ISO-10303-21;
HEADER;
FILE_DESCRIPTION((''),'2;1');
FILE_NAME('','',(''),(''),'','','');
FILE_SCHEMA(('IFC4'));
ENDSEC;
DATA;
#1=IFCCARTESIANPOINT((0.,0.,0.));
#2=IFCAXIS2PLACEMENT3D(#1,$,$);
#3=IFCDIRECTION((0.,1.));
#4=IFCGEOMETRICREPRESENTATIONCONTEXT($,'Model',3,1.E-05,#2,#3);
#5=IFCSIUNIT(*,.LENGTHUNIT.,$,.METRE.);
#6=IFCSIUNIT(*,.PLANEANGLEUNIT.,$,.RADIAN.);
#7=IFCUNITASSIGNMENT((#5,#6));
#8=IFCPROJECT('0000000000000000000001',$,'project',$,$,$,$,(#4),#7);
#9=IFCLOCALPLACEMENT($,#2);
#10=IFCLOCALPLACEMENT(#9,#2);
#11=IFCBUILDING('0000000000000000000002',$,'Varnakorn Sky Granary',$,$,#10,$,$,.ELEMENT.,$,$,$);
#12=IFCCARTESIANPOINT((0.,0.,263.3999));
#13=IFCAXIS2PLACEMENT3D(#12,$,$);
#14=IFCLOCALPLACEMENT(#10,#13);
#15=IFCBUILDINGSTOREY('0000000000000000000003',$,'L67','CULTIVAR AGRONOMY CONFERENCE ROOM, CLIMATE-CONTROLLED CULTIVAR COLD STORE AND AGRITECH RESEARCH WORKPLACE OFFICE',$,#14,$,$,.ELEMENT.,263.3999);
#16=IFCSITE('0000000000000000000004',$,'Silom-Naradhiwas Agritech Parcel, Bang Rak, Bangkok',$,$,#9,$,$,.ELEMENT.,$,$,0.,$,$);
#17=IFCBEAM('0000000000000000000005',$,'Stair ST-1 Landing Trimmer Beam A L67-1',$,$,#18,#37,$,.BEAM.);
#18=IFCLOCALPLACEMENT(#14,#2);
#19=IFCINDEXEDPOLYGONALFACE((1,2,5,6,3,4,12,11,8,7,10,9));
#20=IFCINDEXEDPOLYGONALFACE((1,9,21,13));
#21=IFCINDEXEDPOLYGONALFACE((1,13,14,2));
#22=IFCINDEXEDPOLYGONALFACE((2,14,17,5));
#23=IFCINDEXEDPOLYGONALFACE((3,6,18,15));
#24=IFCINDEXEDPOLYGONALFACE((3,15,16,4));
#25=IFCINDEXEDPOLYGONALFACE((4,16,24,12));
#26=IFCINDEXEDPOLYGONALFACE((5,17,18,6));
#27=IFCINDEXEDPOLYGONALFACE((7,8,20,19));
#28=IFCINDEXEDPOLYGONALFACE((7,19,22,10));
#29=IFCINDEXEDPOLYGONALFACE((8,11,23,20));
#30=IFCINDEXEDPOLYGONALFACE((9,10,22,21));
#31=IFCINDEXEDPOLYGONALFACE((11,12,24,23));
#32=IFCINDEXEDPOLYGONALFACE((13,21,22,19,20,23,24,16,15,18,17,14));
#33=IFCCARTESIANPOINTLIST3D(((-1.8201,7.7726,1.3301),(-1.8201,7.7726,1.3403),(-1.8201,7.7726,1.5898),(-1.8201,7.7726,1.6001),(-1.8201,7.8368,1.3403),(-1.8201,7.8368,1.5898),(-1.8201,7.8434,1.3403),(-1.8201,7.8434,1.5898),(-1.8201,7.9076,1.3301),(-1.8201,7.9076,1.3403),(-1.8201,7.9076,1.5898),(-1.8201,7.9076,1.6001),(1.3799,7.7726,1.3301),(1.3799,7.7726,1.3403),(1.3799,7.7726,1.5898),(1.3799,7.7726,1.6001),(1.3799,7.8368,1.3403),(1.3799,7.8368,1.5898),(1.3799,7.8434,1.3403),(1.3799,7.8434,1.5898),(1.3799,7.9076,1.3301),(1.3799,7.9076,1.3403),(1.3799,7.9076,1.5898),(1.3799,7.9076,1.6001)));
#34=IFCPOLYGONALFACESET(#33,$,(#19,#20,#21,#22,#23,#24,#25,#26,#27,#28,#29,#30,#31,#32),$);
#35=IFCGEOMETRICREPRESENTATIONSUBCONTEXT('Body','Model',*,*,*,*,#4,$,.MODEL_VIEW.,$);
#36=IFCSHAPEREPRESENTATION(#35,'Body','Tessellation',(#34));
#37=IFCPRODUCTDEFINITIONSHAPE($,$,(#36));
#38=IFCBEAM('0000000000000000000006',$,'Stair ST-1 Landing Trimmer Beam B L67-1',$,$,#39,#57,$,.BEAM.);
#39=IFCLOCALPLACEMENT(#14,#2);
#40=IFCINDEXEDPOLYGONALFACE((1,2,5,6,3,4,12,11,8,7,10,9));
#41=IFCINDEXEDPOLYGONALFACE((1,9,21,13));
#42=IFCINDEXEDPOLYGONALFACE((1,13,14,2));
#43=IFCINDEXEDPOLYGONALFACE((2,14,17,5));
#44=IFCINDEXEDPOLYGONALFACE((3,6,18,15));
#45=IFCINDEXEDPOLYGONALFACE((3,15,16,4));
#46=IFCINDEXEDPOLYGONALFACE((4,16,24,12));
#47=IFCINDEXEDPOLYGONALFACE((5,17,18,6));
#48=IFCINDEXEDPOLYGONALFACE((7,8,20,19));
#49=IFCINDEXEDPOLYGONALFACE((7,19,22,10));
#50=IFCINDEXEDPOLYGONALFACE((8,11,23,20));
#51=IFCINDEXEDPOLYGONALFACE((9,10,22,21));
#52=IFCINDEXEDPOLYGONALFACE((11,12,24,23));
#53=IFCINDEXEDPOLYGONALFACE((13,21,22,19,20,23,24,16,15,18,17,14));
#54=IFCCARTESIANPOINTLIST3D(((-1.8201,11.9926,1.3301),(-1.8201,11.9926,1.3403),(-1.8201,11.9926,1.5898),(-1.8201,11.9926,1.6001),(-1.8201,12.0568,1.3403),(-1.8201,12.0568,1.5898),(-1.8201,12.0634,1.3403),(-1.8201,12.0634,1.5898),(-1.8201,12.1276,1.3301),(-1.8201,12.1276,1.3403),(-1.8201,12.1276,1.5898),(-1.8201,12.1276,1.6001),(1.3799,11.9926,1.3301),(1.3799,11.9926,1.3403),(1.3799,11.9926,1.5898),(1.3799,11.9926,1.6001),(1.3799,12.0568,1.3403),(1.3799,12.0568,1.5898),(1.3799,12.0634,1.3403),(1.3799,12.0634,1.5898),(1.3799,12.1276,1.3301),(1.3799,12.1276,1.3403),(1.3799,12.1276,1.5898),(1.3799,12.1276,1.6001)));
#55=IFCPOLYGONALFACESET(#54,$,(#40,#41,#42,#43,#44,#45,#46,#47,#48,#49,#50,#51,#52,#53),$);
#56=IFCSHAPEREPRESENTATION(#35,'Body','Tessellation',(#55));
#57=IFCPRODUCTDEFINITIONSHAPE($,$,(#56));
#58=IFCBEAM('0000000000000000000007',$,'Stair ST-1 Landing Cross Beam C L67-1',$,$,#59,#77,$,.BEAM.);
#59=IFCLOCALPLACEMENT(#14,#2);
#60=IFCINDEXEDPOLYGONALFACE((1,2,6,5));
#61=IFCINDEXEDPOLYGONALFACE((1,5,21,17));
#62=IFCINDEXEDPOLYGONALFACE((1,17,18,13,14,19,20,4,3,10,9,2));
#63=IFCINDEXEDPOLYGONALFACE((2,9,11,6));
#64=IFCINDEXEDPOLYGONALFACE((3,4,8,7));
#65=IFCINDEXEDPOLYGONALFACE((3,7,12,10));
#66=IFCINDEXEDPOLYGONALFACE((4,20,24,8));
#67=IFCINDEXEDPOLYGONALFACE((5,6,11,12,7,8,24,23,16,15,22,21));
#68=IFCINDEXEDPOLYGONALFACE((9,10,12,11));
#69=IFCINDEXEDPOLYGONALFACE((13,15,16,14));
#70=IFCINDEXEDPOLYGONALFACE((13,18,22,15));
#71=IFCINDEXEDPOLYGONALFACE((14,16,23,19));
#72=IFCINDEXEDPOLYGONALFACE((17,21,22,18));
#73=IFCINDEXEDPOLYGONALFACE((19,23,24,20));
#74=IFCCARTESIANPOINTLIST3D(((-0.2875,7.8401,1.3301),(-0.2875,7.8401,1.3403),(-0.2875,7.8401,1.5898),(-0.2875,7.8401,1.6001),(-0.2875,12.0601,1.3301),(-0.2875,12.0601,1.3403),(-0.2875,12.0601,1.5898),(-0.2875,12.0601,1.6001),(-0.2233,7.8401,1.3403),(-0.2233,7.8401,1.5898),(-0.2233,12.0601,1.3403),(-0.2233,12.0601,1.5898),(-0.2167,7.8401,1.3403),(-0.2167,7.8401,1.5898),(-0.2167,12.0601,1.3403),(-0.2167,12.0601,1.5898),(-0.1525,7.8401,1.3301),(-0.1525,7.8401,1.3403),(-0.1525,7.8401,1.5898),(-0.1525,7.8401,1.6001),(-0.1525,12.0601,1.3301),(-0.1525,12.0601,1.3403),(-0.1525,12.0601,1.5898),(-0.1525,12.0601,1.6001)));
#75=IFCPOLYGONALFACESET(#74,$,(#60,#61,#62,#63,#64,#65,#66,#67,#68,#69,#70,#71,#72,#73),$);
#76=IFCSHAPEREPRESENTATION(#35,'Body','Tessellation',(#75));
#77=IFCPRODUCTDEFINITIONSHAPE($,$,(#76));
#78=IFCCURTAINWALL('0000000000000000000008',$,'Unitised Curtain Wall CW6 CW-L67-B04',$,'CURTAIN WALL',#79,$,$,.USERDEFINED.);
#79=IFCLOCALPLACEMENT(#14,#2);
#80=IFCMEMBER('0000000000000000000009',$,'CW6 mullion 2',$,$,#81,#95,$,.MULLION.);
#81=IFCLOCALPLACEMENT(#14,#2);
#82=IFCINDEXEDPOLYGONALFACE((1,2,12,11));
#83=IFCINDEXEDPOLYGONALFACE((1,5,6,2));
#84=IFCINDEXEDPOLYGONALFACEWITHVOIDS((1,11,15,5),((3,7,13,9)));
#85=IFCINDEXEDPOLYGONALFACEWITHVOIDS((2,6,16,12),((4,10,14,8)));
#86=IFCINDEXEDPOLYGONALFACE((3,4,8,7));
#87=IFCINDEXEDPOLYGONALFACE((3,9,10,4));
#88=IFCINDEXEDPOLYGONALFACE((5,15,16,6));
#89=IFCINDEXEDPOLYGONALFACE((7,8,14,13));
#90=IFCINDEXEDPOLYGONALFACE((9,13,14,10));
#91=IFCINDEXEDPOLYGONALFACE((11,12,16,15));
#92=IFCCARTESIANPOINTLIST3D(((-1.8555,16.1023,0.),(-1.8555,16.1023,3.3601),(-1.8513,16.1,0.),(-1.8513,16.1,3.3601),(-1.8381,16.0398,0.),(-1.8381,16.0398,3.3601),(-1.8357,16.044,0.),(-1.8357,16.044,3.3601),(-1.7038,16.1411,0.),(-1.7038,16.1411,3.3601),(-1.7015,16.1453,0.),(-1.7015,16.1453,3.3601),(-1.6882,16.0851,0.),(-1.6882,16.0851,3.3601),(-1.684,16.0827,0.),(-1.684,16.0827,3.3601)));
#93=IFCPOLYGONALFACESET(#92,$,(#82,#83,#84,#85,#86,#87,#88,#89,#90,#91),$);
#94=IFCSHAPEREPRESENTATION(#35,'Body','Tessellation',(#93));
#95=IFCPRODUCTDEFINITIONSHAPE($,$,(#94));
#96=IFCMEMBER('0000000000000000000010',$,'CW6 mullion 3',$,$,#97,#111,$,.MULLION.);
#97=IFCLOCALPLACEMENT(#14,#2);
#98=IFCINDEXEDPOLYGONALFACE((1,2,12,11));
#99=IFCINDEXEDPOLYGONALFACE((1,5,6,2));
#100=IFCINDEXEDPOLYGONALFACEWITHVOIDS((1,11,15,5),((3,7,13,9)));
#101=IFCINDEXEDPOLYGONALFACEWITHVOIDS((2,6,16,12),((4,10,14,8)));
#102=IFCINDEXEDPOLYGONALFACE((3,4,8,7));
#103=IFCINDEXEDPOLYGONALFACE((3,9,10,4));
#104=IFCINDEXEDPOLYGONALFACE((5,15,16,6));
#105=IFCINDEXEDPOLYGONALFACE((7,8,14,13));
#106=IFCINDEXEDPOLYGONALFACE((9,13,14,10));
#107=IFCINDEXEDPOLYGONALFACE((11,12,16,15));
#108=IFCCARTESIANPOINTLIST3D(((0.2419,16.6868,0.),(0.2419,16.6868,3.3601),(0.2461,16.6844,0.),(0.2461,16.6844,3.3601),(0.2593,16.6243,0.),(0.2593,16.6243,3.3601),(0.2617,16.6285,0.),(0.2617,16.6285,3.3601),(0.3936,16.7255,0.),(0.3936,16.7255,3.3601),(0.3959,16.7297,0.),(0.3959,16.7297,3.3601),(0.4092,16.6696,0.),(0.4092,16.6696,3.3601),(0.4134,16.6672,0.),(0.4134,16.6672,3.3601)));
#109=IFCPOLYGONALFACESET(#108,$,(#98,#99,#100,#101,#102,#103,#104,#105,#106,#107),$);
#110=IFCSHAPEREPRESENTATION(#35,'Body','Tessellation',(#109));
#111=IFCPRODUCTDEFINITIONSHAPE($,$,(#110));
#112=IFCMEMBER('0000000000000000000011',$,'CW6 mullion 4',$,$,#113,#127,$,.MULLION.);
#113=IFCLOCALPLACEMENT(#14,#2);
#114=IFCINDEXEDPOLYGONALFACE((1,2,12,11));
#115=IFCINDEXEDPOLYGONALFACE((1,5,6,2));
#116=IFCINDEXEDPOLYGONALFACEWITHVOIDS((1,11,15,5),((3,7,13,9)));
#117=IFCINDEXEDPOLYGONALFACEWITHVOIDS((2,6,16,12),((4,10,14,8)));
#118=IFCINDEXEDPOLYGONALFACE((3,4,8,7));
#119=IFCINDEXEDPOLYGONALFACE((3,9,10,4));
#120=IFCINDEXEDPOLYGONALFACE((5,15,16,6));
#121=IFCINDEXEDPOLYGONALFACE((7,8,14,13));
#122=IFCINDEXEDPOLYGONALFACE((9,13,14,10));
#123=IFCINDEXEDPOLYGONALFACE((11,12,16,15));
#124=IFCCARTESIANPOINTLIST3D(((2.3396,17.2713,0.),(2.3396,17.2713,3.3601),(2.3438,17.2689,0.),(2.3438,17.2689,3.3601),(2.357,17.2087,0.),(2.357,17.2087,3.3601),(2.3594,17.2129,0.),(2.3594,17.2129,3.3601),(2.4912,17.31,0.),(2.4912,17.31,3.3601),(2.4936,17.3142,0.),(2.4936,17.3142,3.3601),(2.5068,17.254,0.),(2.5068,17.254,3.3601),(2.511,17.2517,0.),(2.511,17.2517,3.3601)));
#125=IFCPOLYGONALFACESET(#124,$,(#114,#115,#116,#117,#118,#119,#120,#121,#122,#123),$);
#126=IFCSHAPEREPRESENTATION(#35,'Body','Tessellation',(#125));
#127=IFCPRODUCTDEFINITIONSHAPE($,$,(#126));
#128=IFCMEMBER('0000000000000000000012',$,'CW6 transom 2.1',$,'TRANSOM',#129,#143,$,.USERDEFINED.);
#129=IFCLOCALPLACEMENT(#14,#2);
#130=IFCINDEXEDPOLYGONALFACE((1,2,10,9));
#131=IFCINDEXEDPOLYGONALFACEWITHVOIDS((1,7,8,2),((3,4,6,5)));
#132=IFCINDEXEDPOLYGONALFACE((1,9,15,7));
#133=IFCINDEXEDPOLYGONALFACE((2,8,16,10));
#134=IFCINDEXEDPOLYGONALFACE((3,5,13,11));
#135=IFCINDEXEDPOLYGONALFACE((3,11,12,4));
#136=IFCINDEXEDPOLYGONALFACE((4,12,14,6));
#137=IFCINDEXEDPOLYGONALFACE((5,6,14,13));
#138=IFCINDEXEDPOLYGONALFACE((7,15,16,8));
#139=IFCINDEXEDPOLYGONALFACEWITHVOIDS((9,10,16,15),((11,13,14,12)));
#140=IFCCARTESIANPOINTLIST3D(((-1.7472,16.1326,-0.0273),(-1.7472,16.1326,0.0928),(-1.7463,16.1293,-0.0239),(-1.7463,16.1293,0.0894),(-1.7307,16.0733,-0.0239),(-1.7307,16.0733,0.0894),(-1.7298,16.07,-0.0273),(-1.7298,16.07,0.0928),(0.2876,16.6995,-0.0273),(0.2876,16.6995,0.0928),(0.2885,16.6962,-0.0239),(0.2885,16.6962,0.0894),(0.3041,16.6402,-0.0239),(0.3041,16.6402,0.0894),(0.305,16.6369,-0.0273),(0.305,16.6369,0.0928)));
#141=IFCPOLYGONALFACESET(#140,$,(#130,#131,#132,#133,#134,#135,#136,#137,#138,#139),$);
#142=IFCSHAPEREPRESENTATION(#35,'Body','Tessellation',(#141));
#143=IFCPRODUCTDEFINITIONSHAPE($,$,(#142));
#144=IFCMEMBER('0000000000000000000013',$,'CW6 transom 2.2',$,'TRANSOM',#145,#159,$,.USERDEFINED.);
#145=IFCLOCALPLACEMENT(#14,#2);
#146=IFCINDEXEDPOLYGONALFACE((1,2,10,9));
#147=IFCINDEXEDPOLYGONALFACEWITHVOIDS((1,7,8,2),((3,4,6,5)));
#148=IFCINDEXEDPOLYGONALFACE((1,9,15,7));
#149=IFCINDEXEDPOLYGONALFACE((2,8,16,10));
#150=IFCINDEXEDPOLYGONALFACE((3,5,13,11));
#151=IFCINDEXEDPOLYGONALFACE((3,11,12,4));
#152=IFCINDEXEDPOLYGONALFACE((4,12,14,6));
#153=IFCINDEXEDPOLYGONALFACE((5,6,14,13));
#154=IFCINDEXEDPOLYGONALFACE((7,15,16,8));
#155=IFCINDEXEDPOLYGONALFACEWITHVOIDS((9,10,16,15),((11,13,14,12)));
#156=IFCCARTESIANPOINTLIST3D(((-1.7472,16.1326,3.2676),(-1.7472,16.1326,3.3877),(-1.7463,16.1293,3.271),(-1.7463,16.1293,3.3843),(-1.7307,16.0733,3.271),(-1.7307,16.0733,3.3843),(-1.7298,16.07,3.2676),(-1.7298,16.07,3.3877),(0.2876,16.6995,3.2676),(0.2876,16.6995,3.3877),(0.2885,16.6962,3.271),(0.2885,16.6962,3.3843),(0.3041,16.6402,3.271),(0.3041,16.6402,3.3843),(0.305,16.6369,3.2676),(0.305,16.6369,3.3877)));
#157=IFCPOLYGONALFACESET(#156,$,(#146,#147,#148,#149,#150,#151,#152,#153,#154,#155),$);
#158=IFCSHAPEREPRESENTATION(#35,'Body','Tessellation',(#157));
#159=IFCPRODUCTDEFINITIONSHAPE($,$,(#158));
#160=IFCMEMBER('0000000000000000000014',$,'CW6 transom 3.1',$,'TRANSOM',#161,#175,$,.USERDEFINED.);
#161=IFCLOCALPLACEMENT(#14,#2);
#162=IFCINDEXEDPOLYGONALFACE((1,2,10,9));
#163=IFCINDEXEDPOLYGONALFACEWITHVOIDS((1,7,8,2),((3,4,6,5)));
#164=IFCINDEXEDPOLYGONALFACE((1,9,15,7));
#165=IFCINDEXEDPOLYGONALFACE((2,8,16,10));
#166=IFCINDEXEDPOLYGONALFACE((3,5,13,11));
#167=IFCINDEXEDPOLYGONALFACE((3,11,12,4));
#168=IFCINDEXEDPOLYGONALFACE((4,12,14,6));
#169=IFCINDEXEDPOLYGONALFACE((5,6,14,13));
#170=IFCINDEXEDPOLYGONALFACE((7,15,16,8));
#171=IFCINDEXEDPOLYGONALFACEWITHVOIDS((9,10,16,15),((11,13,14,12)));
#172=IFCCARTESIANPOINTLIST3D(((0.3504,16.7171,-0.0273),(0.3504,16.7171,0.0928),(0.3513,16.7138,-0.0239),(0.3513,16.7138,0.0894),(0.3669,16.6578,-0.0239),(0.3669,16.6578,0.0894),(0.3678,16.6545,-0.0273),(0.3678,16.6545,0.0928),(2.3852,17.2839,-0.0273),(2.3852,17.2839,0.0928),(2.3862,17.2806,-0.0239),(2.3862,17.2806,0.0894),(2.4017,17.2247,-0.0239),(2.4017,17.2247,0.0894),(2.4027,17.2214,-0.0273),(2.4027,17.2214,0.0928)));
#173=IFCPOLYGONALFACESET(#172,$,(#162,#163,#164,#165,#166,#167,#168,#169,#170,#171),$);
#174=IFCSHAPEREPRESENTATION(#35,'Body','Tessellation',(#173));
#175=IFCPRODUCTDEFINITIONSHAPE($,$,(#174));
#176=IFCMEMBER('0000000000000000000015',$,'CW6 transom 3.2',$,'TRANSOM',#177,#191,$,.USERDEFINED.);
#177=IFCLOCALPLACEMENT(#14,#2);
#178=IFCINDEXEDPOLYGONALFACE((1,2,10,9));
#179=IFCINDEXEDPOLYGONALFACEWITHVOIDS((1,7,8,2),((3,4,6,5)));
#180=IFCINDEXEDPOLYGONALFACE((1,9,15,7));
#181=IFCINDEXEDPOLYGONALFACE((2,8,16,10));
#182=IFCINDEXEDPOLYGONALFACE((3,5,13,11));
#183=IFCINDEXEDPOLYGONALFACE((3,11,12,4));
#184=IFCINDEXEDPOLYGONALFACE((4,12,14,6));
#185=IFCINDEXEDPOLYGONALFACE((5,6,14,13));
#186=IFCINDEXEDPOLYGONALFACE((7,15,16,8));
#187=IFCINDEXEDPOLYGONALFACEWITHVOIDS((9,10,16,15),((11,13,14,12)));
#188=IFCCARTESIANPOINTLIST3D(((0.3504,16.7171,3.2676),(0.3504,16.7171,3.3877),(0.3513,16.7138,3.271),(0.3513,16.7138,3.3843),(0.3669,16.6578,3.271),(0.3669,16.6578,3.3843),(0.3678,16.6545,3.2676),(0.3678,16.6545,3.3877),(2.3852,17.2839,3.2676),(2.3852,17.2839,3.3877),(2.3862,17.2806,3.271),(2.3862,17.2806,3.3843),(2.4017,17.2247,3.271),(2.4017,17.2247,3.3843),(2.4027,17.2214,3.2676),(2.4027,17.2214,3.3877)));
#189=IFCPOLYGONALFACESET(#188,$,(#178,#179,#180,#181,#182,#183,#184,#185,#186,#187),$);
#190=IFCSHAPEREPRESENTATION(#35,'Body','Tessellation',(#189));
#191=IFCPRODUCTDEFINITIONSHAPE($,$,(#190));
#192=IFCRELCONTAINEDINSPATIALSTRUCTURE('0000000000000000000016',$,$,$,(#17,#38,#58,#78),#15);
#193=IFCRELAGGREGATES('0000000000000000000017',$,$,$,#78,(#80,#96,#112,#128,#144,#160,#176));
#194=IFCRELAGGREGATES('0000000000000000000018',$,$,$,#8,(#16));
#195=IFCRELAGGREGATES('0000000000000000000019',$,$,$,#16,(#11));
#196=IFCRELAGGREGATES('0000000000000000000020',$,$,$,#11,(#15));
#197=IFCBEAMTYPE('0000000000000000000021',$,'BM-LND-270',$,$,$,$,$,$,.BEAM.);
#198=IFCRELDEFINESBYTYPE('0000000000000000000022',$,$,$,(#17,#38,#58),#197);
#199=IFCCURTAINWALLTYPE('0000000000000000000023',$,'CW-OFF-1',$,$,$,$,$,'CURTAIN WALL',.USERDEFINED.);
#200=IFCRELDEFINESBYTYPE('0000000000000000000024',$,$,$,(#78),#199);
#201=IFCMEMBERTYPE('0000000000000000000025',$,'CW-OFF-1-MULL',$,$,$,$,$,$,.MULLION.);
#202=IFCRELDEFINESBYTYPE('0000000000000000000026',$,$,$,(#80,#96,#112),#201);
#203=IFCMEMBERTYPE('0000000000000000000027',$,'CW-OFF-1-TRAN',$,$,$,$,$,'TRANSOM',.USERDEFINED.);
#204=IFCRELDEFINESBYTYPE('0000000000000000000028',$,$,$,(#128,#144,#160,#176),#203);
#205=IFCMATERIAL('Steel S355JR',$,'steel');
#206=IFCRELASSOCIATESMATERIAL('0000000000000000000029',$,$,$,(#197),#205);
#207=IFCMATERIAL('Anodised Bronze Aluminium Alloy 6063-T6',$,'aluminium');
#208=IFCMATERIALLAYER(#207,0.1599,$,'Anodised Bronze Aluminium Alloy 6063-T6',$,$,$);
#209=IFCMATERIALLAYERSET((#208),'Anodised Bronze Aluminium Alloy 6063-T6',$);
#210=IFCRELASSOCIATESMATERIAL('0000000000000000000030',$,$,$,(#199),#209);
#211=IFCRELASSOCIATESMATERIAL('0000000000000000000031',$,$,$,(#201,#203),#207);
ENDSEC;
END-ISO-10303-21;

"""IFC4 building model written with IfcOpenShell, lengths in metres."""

from ifc_helpers import new_model, si_unit, direction, frame, origin, origin_2d, place, context, subcontext, project, spatial, hollow_rectangle, i_section, extrude, material, layer, layer_set, material_profile, profile_set, type_object, element, aggregate, save


model = new_model("IFC4")

# Units and contexts
model_context = context("Model", 3, precision=1e-05, world=origin(), true_north=direction((0.0, 1.0)))
body_context = subcontext(model_context, "Body", "Model", "MODEL_VIEW")
ifc_project = project(units=[si_unit("LENGTHUNIT", "METRE"), si_unit("PLANEANGLEUNIT", "RADIAN")], contexts=[model_context])

# Site, building, storey
site_placement = place(None, origin())
site = spatial("IfcSite", under=ifc_project, at=site_placement, Name="Silom-Naradhiwas Agritech Parcel, Bang Rak, Bangkok", CompositionType="ELEMENT", RefElevation=0.0)
building_placement = place(site_placement, origin())
building = spatial("IfcBuilding", under=site, at=building_placement, Name="Varnakorn Sky Granary", CompositionType="ELEMENT")
storey_placement = place(building_placement, frame((0.0, 0.0, 263.3999)))
storey = spatial("IfcBuildingStorey", under=building, at=storey_placement, Name="L67", Description="CULTIVAR AGRONOMY CONFERENCE ROOM, CLIMATE-CONTROLLED CULTIVAR COLD STORE AND AGRITECH RESEARCH WORKPLACE OFFICE", CompositionType="ELEMENT", Elevation=263.3999)

# Beams
ifc_material_1 = material(Name="Steel S355JR", Category="steel")
ifc_material_profile_1 = material_profile(ifc_material_1, i_section(OverallWidth=0.135, OverallDepth=0.27, WebThickness=0.0066, FlangeThickness=0.0103, at=origin_2d()), Name="IPE 270")
ifc_profile_set_1 = profile_set([ifc_material_profile_1], Name="Steel S355JR")
beam_type = type_object("IfcBeamType", Name="BM-LND-270", PredefinedType="BEAM", material=ifc_profile_set_1)
for number, where, z_axis, x_axis, name in (
    (1, (-1.8201, 7.8401, 1.4651), (1.0, 0.0, 0.0), (0.0, 1.0, 0.0), "Stair ST-1 Landing Trimmer Beam A L67-1"),
    (2, (-1.8201, 12.0601, 1.4651), (1.0, 0.0, 0.0), (0.0, 1.0, 0.0), "Stair ST-1 Landing Trimmer Beam B L67-1"),
):
    element("IfcBeam", number, at=place(storey_placement, frame(where, z_axis=z_axis, x_axis=x_axis)), inside=storey, type_object=beam_type, Name=name, PredefinedType="BEAM", context=body_context, shape_type="SweptSolid", body=[
        extrude(i_section(OverallWidth=0.135, OverallDepth=0.27, WebThickness=0.0066, FlangeThickness=0.0103, at=origin_2d()), origin(), (0.0, 0.0, 1.0), 3.2),
    ])
beam_placement = place(storey_placement, frame((-0.22, 7.8401, 1.4651), z_axis=(0.0, 1.0, 0.0), x_axis=(-1.0, 0.0, 0.0)))
element("IfcBeam", 3, at=beam_placement, inside=storey, type_object=beam_type, Name="Stair ST-1 Landing Cross Beam C L67-1", PredefinedType="BEAM", context=body_context, shape_type="SweptSolid", body=[
    extrude(i_section(OverallWidth=0.135, OverallDepth=0.27, WebThickness=0.0066, FlangeThickness=0.0103, at=origin_2d()), origin(), (0.0, 0.0, 1.0), 4.22),
])

# Curtain wall, members
ifc_material_2 = material(Name="Anodised Bronze Aluminium Alloy 6063-T6", Category="aluminium")
ifc_layer_1 = layer(ifc_material_2, 0.1599, Name="Anodised Bronze Aluminium Alloy 6063-T6")
ifc_layer_set_1 = layer_set([ifc_layer_1], Name="Anodised Bronze Aluminium Alloy 6063-T6")
curtain_wall_type = type_object("IfcCurtainWallType", Name="CW-OFF-1", ElementType="CURTAIN WALL", PredefinedType="USERDEFINED", material=ifc_layer_set_1)
curtain_wall_placement = place(storey_placement, origin())
curtain_wall = element("IfcCurtainWall", 4, at=curtain_wall_placement, inside=storey, type_object=curtain_wall_type, Name="Unitised Curtain Wall CW6 CW-L67-B04", ObjectType="CURTAIN WALL", PredefinedType="USERDEFINED")
ifc_material_profile_2 = material_profile(ifc_material_2, hollow_rectangle(XDim=0.0649, YDim=0.1599, WallThickness=0.0034, at=origin_2d()), Name="ALU MULL 65x160")
ifc_profile_set_2 = profile_set([ifc_material_profile_2], Name="Anodised Bronze Aluminium Alloy 6063-T6")
member_type_1 = type_object("IfcMemberType", Name="CW-OFF-1-MULL", PredefinedType="MULLION", material=ifc_profile_set_2)
member_1_placement = place(storey_placement, frame((-1.7698, 16.0925, 0.0), z_axis=(0.0, 0.0, 1.0), x_axis=(-0.268401, 0.963307, 0.0)))
member_1 = element("IfcMember", 5, at=member_1_placement, type_object=member_type_1, Name="CW6 mullion 2", PredefinedType="MULLION", context=body_context, shape_type="SweptSolid", body=[
    extrude(hollow_rectangle(XDim=0.0649, YDim=0.1599, WallThickness=0.0034, at=origin_2d()), origin(), (0.0, 0.0, 1.0), 3.3601),
])
member_2_placement = place(storey_placement, frame((0.3276, 16.677, 0.0), z_axis=(0.0, 0.0, 1.0), x_axis=(-0.268401, 0.963307, 0.0)))
member_2 = element("IfcMember", 6, at=member_2_placement, type_object=member_type_1, Name="CW6 mullion 3", PredefinedType="MULLION", context=body_context, shape_type="SweptSolid", body=[
    extrude(hollow_rectangle(XDim=0.0649, YDim=0.1599, WallThickness=0.0034, at=origin_2d()), origin(), (0.0, 0.0, 1.0), 3.3601),
])
member_3_placement = place(storey_placement, frame((2.4253, 17.2615, 0.0), z_axis=(0.0, 0.0, 1.0), x_axis=(-0.268401, 0.963307, 0.0)))
member_3 = element("IfcMember", 7, at=member_3_placement, type_object=member_type_1, Name="CW6 mullion 4", PredefinedType="MULLION", context=body_context, shape_type="SweptSolid", body=[
    extrude(hollow_rectangle(XDim=0.0649, YDim=0.1599, WallThickness=0.0034, at=origin_2d()), origin(), (0.0, 0.0, 1.0), 3.3601),
])
ifc_material_profile_3 = material_profile(ifc_material_2, hollow_rectangle(XDim=0.0649, YDim=0.1201, WallThickness=0.0034, at=origin_2d()), Name="ALU TRAN 65x120")
ifc_profile_set_3 = profile_set([ifc_material_profile_3], Name="Anodised Bronze Aluminium Alloy 6063-T6")
member_type_2 = type_object("IfcMemberType", Name="CW-OFF-1-TRAN", ElementType="TRANSOM", PredefinedType="USERDEFINED", material=ifc_profile_set_3)
member_4_placement = place(storey_placement, frame((-1.7385, 16.1013, 0.0327), z_axis=(0.963317, 0.268365, 0.0), x_axis=(-0.268365, 0.963317, 0.0)))
member_4 = element("IfcMember", 8, at=member_4_placement, type_object=member_type_2, Name="CW6 transom 2.1", ObjectType="TRANSOM", PredefinedType="USERDEFINED", context=body_context, shape_type="SweptSolid", body=[
    extrude(hollow_rectangle(XDim=0.0649, YDim=0.1201, WallThickness=0.0034, at=origin_2d()), origin(), (0.0, 0.0, 1.0), 2.1123),
])
member_5_placement = place(storey_placement, frame((-1.7385, 16.1013, 3.3276), z_axis=(0.963317, 0.268365, 0.0), x_axis=(-0.268365, 0.963317, 0.0)))
member_5 = element("IfcMember", 9, at=member_5_placement, type_object=member_type_2, Name="CW6 transom 2.2", ObjectType="TRANSOM", PredefinedType="USERDEFINED", context=body_context, shape_type="SweptSolid", body=[
    extrude(hollow_rectangle(XDim=0.0649, YDim=0.1201, WallThickness=0.0034, at=origin_2d()), origin(), (0.0, 0.0, 1.0), 2.1123),
])
member_6_placement = place(storey_placement, frame((0.3591, 16.6858, 0.0327), z_axis=(0.963317, 0.268365, 0.0), x_axis=(-0.268365, 0.963317, 0.0)))
member_6 = element("IfcMember", 10, at=member_6_placement, type_object=member_type_2, Name="CW6 transom 3.1", ObjectType="TRANSOM", PredefinedType="USERDEFINED", context=body_context, shape_type="SweptSolid", body=[
    extrude(hollow_rectangle(XDim=0.0649, YDim=0.1201, WallThickness=0.0034, at=origin_2d()), origin(), (0.0, 0.0, 1.0), 2.1123),
])
member_7_placement = place(storey_placement, frame((0.3591, 16.6858, 3.3276), z_axis=(0.963317, 0.268365, 0.0), x_axis=(-0.268365, 0.963317, 0.0)))
member_7 = element("IfcMember", 11, at=member_7_placement, type_object=member_type_2, Name="CW6 transom 3.2", ObjectType="TRANSOM", PredefinedType="USERDEFINED", context=body_context, shape_type="SweptSolid", body=[
    extrude(hollow_rectangle(XDim=0.0649, YDim=0.1201, WallThickness=0.0034, at=origin_2d()), origin(), (0.0, 0.0, 1.0), 2.1123),
])

aggregate(curtain_wall, [member_1, member_2, member_3, member_4, member_5, member_6, member_7])

save(model, "model.ifc")
